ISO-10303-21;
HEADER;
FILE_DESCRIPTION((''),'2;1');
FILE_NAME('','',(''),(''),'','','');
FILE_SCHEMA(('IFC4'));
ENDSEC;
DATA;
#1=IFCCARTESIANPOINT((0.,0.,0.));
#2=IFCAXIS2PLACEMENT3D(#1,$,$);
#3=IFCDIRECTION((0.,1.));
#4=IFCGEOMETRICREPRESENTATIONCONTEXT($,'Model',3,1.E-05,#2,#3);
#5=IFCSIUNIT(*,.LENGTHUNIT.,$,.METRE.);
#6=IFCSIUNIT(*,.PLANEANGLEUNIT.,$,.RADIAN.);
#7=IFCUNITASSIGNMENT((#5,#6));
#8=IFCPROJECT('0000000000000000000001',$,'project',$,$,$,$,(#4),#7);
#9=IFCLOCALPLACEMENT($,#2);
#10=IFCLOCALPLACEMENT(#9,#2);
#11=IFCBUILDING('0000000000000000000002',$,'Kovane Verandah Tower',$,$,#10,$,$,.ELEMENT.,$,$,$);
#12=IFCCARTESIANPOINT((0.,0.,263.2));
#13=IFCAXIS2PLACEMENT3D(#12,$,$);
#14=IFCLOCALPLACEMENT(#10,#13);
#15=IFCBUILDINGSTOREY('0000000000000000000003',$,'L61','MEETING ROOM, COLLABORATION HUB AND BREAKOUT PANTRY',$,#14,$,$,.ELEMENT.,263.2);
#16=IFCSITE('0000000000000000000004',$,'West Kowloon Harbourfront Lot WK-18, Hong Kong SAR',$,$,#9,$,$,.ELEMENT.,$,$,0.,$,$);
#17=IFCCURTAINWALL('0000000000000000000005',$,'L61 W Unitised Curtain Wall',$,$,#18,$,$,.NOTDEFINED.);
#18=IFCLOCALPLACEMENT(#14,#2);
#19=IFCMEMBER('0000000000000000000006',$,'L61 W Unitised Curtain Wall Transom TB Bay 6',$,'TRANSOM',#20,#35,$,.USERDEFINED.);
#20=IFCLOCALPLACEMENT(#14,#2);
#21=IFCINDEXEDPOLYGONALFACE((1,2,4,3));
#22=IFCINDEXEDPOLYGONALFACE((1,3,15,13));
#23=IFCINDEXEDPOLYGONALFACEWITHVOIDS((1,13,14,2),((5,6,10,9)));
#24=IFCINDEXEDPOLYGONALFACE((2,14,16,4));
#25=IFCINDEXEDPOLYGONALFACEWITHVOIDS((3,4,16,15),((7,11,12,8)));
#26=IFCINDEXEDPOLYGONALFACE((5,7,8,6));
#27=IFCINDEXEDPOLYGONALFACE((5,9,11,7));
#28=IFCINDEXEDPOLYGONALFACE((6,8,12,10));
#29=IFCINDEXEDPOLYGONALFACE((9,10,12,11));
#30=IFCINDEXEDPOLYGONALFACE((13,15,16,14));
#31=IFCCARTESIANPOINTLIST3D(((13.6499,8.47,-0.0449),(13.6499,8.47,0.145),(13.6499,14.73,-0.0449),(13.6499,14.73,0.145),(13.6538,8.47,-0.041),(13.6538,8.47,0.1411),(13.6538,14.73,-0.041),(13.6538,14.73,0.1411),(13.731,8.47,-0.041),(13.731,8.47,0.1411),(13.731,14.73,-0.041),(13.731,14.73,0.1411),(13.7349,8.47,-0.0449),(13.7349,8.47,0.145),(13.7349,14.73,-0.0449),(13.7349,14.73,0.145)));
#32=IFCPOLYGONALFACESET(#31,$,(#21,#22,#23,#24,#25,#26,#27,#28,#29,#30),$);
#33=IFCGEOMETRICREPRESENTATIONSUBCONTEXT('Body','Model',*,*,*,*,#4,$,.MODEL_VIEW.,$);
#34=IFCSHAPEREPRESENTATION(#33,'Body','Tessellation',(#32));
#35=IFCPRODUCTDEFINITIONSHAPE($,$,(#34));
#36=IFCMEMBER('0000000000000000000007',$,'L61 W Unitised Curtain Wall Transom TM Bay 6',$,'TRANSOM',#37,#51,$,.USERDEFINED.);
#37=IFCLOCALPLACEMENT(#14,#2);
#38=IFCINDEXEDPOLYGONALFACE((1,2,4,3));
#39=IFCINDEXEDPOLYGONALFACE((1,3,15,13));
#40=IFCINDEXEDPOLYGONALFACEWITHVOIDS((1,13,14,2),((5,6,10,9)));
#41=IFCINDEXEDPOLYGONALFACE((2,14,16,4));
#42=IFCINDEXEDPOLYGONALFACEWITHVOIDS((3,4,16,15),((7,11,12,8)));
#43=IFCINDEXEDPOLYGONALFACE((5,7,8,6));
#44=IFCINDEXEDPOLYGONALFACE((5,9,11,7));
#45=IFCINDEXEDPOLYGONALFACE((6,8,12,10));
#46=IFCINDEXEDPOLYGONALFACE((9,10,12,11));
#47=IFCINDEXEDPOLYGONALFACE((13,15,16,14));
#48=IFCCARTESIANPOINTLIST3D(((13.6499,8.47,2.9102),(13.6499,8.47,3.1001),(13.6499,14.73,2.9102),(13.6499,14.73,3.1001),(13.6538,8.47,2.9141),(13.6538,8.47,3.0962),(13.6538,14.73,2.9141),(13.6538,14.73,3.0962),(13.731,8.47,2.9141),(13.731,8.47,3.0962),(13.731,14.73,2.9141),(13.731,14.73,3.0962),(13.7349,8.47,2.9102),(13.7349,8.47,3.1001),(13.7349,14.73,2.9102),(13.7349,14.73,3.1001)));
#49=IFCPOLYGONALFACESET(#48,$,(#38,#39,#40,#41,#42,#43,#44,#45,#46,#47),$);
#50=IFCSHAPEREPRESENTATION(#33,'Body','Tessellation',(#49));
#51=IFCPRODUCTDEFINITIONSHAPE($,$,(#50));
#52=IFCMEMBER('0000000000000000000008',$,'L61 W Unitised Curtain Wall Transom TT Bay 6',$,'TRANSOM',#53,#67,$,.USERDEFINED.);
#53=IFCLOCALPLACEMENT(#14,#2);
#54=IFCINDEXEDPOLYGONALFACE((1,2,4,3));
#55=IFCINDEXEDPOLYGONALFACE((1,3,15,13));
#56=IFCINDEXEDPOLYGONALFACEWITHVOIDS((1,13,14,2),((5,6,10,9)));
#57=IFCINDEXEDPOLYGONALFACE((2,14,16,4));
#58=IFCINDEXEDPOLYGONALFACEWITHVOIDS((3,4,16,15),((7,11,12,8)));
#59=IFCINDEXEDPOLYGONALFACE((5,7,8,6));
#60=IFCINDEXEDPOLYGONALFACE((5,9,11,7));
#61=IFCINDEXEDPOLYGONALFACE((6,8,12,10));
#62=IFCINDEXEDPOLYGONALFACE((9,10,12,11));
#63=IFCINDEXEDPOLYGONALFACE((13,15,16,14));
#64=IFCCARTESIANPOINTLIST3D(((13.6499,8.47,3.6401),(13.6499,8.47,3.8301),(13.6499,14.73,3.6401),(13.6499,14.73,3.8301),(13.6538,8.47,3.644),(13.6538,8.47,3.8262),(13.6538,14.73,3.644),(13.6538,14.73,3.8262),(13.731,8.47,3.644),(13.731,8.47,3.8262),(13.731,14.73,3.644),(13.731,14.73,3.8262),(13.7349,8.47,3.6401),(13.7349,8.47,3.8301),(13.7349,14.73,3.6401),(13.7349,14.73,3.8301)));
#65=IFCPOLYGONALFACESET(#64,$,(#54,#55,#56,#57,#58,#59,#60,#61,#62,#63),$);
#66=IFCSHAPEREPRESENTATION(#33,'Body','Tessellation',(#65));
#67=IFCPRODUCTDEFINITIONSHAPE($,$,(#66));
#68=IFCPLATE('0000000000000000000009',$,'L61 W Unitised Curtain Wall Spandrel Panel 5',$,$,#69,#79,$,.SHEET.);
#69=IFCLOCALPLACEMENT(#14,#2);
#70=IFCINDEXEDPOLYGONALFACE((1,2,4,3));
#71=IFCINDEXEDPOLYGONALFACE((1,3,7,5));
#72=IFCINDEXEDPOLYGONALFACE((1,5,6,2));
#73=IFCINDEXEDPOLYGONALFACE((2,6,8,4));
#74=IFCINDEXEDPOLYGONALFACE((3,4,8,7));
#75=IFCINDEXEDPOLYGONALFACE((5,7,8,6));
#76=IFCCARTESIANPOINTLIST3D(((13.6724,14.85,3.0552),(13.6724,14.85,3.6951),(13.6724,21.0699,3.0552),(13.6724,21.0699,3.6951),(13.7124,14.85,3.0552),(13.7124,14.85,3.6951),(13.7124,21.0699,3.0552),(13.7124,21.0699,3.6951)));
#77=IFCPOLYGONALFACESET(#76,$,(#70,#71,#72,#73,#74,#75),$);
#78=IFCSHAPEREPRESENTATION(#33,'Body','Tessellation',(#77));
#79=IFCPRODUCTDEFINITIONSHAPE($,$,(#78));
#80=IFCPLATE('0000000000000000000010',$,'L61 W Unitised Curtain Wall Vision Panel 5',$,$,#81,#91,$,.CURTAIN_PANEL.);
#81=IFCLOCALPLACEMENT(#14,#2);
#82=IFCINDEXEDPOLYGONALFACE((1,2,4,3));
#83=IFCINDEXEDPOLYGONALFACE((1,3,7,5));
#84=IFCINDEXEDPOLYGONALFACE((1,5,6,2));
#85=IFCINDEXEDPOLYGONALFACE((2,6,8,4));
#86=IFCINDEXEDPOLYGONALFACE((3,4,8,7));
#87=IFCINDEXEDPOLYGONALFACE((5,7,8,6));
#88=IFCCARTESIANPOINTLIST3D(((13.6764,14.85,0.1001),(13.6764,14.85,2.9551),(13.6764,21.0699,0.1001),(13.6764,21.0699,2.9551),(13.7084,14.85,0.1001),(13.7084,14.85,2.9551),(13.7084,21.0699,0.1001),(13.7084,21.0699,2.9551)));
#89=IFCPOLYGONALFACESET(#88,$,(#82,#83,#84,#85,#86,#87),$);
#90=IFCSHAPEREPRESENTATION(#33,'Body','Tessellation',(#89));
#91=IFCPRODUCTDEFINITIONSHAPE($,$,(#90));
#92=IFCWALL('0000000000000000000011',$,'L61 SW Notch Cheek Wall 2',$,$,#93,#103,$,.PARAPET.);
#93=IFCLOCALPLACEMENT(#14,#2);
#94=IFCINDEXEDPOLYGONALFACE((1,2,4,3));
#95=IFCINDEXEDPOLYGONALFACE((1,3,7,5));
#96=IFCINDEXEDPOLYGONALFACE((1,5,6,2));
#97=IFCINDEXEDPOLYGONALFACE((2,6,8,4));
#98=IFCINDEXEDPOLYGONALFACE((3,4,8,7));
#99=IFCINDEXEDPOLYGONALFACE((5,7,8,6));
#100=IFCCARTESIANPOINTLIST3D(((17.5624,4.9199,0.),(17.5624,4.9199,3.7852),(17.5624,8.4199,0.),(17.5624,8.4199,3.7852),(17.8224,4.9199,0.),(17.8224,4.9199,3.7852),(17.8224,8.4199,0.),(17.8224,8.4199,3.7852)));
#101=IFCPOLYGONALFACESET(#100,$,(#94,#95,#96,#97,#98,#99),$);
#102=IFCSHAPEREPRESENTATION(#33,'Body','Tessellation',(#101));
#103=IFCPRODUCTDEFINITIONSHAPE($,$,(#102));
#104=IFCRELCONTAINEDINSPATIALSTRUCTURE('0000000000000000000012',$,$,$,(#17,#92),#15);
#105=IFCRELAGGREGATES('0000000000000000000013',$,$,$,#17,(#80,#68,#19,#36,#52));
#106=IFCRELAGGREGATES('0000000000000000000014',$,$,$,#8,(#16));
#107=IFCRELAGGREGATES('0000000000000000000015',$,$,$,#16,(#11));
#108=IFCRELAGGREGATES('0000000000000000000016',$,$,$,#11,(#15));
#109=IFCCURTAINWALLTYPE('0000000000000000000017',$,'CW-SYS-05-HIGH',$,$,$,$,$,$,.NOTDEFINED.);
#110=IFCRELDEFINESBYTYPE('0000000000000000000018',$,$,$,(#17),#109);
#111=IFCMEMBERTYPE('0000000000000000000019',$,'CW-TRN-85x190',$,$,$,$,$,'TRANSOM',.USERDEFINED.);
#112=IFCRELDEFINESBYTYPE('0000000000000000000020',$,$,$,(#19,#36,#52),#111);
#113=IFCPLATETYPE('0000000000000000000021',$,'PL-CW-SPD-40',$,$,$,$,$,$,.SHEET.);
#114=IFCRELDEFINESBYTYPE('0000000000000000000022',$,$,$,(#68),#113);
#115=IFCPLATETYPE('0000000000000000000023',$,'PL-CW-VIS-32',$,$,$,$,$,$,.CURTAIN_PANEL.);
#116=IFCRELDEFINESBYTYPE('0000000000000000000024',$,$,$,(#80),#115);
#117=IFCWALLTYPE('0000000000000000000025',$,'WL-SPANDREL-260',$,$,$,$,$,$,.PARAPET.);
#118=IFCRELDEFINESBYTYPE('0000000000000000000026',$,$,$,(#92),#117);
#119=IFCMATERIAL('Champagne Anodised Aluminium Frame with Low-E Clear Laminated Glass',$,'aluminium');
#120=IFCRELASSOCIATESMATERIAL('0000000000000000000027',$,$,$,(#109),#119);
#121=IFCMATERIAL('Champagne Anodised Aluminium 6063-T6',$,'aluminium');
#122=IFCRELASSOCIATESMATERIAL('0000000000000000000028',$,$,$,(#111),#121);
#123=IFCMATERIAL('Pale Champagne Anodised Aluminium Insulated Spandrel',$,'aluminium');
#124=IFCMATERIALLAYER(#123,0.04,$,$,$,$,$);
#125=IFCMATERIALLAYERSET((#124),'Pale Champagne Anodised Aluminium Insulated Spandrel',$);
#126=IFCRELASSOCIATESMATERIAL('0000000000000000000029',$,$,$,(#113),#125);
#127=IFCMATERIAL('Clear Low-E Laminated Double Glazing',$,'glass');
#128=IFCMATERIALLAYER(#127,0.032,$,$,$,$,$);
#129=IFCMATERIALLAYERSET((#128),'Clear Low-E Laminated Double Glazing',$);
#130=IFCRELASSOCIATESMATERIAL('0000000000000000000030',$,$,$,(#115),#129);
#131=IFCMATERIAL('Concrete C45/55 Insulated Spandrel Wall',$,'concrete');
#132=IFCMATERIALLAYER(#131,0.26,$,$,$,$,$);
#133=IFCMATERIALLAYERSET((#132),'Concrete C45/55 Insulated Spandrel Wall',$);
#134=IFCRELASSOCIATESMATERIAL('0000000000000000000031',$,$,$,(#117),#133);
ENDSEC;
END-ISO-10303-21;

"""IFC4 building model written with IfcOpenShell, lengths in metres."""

from ifc_helpers import new_model, si_unit, direction, frame, frame_2d, origin, origin_2d, place, context, subcontext, project, spatial, rectangle, hollow_rectangle, extrude, material, layer, layer_set, material_profile, profile_set, type_object, element, aggregate, save


model = new_model("IFC4")

# Units and contexts
model_context = context("Model", 3, precision=1e-05, world=origin(), true_north=direction((0.0, 1.0)))
body_context = subcontext(model_context, "Body", "Model", "MODEL_VIEW")
ifc_project = project(units=[si_unit("LENGTHUNIT", "METRE"), si_unit("PLANEANGLEUNIT", "RADIAN")], contexts=[model_context])

# Site, building, storey
site_placement = place(None, origin())
site = spatial("IfcSite", under=ifc_project, at=site_placement, Name="West Kowloon Harbourfront Lot WK-18, Hong Kong SAR", CompositionType="ELEMENT", RefElevation=0.0)
building_placement = place(site_placement, origin())
building = spatial("IfcBuilding", under=site, at=building_placement, Name="Kovane Verandah Tower", CompositionType="ELEMENT")
storey_placement = place(building_placement, frame((0.0, 0.0, 263.2)))
storey = spatial("IfcBuildingStorey", under=building, at=storey_placement, Name="L61", Description="MEETING ROOM, COLLABORATION HUB AND BREAKOUT PANTRY", CompositionType="ELEMENT", Elevation=263.2)

# Curtain wall, members, plates
ifc_material_1 = material(Name="Champagne Anodised Aluminium Frame with Low-E Clear Laminated Glass", Category="aluminium")
curtain_wall_type = type_object("IfcCurtainWallType", Name="CW-SYS-05-HIGH", PredefinedType="NOTDEFINED", material=ifc_material_1)
curtain_wall_placement = place(storey_placement, origin())
curtain_wall = element("IfcCurtainWall", 1, at=curtain_wall_placement, inside=storey, type_object=curtain_wall_type, Name="L61 W Unitised Curtain Wall", PredefinedType="NOTDEFINED")
ifc_material_2 = material(Name="Champagne Anodised Aluminium 6063-T6", Category="aluminium")
ifc_material_profile_1 = material_profile(ifc_material_2, hollow_rectangle(XDim=0.085, YDim=0.1899, WallThickness=0.0039, at=origin_2d()), Name="AL85x190x4")
ifc_profile_set_1 = profile_set([ifc_material_profile_1], Name="Champagne Anodised Aluminium 6063-T6")
member_type_1 = type_object("IfcMemberType", Name="CW-TRN-85x190", ElementType="TRANSOM", PredefinedType="USERDEFINED", material=ifc_profile_set_1)
member_1_placement = place(storey_placement, frame((13.6924, 14.73, 0.05), z_axis=(0.0, -1.0, 0.0), x_axis=(1.0, 0.0, 0.0)))
member_1 = element("IfcMember", 2, at=member_1_placement, type_object=member_type_1, Name="L61 W Unitised Curtain Wall Transom TB Bay 6", ObjectType="TRANSOM", PredefinedType="USERDEFINED", context=body_context, shape_type="SweptSolid", body=[
    extrude(hollow_rectangle(XDim=0.085, YDim=0.1899, WallThickness=0.0039, at=origin_2d()), origin(), (0.0, 0.0, 1.0), 6.26),
])
member_2_placement = place(storey_placement, frame((13.6924, 14.73, 3.0051), z_axis=(0.0, -1.0, 0.0), x_axis=(1.0, 0.0, 0.0)))
member_2 = element("IfcMember", 3, at=member_2_placement, type_object=member_type_1, Name="L61 W Unitised Curtain Wall Transom TM Bay 6", ObjectType="TRANSOM", PredefinedType="USERDEFINED", context=body_context, shape_type="SweptSolid", body=[
    extrude(hollow_rectangle(XDim=0.085, YDim=0.1899, WallThickness=0.0039, at=origin_2d()), origin(), (0.0, 0.0, 1.0), 6.26),
])
member_3_placement = place(storey_placement, frame((13.6924, 14.73, 3.7351), z_axis=(0.0, -1.0, 0.0), x_axis=(1.0, 0.0, 0.0)))
member_3 = element("IfcMember", 4, at=member_3_placement, type_object=member_type_1, Name="L61 W Unitised Curtain Wall Transom TT Bay 6", ObjectType="TRANSOM", PredefinedType="USERDEFINED", context=body_context, shape_type="SweptSolid", body=[
    extrude(hollow_rectangle(XDim=0.085, YDim=0.1899, WallThickness=0.0039, at=origin_2d()), origin(), (0.0, 0.0, 1.0), 6.26),
])
ifc_material_3 = material(Name="Pale Champagne Anodised Aluminium Insulated Spandrel", Category="aluminium")
ifc_layer_1 = layer(ifc_material_3, 0.04)
ifc_layer_set_1 = layer_set([ifc_layer_1], Name="Pale Champagne Anodised Aluminium Insulated Spandrel")
plate_type_1 = type_object("IfcPlateType", Name="PL-CW-SPD-40", PredefinedType="SHEET", material=ifc_layer_set_1)
plate_1_placement = place(storey_placement, frame((13.6924, 17.96, 3.0552), z_axis=(0.0, 0.0, 1.0), x_axis=(0.0, -1.0, 0.0)))
plate_1 = element("IfcPlate", 5, at=plate_1_placement, type_object=plate_type_1, Name="L61 W Unitised Curtain Wall Spandrel Panel 5", PredefinedType="SHEET", context=body_context, shape_type="SweptSolid", body=[
    extrude(rectangle(XDim=6.22, YDim=0.04, at=origin_2d()), origin(), (0.0, 0.0, 1.0), 0.6399),
])
ifc_material_4 = material(Name="Clear Low-E Laminated Double Glazing", Category="glass")
ifc_layer_2 = layer(ifc_material_4, 0.032)
ifc_layer_set_2 = layer_set([ifc_layer_2], Name="Clear Low-E Laminated Double Glazing")
plate_type_2 = type_object("IfcPlateType", Name="PL-CW-VIS-32", PredefinedType="CURTAIN_PANEL", material=ifc_layer_set_2)
plate_2_placement = place(storey_placement, frame((13.6924, 17.96, 0.1001), z_axis=(0.0, 0.0, 1.0), x_axis=(0.0, -1.0, 0.0)))
plate_2 = element("IfcPlate", 6, at=plate_2_placement, type_object=plate_type_2, Name="L61 W Unitised Curtain Wall Vision Panel 5", PredefinedType="CURTAIN_PANEL", context=body_context, shape_type="SweptSolid", body=[
    extrude(rectangle(XDim=6.22, YDim=0.032, at=origin_2d()), origin(), (0.0, 0.0, 1.0), 2.855),
])
aggregate(curtain_wall, [plate_2, plate_1, member_1, member_2, member_3])

# Shared definitions
ifc_material_5 = material(Name="Concrete C45/55 Insulated Spandrel Wall", Category="concrete")
ifc_layer_3 = layer(ifc_material_5, 0.26)
ifc_layer_set_3 = layer_set([ifc_layer_3], Name="Concrete C45/55 Insulated Spandrel Wall")
wall_type = type_object("IfcWallType", Name="WL-SPANDREL-260", PredefinedType="PARAPET", material=ifc_layer_set_3)

# Wall
wall_1_placement = place(storey_placement, frame((17.6924, 8.4199, 0.0), z_axis=(0.0, 0.0, 1.0), x_axis=(0.0, -1.0, 0.0)))
element("IfcWall", 7, at=wall_1_placement, inside=storey, type_object=wall_type, Name="L61 SW Notch Cheek Wall 2", PredefinedType="PARAPET", context=body_context, shape_type="SweptSolid", body=[
    extrude(rectangle(XDim=3.5, YDim=0.26, at=frame_2d((1.75, 0.0))), origin(), (0.0, 0.0, 1.0), 3.7852),
])

save(model, "model.ifc")
